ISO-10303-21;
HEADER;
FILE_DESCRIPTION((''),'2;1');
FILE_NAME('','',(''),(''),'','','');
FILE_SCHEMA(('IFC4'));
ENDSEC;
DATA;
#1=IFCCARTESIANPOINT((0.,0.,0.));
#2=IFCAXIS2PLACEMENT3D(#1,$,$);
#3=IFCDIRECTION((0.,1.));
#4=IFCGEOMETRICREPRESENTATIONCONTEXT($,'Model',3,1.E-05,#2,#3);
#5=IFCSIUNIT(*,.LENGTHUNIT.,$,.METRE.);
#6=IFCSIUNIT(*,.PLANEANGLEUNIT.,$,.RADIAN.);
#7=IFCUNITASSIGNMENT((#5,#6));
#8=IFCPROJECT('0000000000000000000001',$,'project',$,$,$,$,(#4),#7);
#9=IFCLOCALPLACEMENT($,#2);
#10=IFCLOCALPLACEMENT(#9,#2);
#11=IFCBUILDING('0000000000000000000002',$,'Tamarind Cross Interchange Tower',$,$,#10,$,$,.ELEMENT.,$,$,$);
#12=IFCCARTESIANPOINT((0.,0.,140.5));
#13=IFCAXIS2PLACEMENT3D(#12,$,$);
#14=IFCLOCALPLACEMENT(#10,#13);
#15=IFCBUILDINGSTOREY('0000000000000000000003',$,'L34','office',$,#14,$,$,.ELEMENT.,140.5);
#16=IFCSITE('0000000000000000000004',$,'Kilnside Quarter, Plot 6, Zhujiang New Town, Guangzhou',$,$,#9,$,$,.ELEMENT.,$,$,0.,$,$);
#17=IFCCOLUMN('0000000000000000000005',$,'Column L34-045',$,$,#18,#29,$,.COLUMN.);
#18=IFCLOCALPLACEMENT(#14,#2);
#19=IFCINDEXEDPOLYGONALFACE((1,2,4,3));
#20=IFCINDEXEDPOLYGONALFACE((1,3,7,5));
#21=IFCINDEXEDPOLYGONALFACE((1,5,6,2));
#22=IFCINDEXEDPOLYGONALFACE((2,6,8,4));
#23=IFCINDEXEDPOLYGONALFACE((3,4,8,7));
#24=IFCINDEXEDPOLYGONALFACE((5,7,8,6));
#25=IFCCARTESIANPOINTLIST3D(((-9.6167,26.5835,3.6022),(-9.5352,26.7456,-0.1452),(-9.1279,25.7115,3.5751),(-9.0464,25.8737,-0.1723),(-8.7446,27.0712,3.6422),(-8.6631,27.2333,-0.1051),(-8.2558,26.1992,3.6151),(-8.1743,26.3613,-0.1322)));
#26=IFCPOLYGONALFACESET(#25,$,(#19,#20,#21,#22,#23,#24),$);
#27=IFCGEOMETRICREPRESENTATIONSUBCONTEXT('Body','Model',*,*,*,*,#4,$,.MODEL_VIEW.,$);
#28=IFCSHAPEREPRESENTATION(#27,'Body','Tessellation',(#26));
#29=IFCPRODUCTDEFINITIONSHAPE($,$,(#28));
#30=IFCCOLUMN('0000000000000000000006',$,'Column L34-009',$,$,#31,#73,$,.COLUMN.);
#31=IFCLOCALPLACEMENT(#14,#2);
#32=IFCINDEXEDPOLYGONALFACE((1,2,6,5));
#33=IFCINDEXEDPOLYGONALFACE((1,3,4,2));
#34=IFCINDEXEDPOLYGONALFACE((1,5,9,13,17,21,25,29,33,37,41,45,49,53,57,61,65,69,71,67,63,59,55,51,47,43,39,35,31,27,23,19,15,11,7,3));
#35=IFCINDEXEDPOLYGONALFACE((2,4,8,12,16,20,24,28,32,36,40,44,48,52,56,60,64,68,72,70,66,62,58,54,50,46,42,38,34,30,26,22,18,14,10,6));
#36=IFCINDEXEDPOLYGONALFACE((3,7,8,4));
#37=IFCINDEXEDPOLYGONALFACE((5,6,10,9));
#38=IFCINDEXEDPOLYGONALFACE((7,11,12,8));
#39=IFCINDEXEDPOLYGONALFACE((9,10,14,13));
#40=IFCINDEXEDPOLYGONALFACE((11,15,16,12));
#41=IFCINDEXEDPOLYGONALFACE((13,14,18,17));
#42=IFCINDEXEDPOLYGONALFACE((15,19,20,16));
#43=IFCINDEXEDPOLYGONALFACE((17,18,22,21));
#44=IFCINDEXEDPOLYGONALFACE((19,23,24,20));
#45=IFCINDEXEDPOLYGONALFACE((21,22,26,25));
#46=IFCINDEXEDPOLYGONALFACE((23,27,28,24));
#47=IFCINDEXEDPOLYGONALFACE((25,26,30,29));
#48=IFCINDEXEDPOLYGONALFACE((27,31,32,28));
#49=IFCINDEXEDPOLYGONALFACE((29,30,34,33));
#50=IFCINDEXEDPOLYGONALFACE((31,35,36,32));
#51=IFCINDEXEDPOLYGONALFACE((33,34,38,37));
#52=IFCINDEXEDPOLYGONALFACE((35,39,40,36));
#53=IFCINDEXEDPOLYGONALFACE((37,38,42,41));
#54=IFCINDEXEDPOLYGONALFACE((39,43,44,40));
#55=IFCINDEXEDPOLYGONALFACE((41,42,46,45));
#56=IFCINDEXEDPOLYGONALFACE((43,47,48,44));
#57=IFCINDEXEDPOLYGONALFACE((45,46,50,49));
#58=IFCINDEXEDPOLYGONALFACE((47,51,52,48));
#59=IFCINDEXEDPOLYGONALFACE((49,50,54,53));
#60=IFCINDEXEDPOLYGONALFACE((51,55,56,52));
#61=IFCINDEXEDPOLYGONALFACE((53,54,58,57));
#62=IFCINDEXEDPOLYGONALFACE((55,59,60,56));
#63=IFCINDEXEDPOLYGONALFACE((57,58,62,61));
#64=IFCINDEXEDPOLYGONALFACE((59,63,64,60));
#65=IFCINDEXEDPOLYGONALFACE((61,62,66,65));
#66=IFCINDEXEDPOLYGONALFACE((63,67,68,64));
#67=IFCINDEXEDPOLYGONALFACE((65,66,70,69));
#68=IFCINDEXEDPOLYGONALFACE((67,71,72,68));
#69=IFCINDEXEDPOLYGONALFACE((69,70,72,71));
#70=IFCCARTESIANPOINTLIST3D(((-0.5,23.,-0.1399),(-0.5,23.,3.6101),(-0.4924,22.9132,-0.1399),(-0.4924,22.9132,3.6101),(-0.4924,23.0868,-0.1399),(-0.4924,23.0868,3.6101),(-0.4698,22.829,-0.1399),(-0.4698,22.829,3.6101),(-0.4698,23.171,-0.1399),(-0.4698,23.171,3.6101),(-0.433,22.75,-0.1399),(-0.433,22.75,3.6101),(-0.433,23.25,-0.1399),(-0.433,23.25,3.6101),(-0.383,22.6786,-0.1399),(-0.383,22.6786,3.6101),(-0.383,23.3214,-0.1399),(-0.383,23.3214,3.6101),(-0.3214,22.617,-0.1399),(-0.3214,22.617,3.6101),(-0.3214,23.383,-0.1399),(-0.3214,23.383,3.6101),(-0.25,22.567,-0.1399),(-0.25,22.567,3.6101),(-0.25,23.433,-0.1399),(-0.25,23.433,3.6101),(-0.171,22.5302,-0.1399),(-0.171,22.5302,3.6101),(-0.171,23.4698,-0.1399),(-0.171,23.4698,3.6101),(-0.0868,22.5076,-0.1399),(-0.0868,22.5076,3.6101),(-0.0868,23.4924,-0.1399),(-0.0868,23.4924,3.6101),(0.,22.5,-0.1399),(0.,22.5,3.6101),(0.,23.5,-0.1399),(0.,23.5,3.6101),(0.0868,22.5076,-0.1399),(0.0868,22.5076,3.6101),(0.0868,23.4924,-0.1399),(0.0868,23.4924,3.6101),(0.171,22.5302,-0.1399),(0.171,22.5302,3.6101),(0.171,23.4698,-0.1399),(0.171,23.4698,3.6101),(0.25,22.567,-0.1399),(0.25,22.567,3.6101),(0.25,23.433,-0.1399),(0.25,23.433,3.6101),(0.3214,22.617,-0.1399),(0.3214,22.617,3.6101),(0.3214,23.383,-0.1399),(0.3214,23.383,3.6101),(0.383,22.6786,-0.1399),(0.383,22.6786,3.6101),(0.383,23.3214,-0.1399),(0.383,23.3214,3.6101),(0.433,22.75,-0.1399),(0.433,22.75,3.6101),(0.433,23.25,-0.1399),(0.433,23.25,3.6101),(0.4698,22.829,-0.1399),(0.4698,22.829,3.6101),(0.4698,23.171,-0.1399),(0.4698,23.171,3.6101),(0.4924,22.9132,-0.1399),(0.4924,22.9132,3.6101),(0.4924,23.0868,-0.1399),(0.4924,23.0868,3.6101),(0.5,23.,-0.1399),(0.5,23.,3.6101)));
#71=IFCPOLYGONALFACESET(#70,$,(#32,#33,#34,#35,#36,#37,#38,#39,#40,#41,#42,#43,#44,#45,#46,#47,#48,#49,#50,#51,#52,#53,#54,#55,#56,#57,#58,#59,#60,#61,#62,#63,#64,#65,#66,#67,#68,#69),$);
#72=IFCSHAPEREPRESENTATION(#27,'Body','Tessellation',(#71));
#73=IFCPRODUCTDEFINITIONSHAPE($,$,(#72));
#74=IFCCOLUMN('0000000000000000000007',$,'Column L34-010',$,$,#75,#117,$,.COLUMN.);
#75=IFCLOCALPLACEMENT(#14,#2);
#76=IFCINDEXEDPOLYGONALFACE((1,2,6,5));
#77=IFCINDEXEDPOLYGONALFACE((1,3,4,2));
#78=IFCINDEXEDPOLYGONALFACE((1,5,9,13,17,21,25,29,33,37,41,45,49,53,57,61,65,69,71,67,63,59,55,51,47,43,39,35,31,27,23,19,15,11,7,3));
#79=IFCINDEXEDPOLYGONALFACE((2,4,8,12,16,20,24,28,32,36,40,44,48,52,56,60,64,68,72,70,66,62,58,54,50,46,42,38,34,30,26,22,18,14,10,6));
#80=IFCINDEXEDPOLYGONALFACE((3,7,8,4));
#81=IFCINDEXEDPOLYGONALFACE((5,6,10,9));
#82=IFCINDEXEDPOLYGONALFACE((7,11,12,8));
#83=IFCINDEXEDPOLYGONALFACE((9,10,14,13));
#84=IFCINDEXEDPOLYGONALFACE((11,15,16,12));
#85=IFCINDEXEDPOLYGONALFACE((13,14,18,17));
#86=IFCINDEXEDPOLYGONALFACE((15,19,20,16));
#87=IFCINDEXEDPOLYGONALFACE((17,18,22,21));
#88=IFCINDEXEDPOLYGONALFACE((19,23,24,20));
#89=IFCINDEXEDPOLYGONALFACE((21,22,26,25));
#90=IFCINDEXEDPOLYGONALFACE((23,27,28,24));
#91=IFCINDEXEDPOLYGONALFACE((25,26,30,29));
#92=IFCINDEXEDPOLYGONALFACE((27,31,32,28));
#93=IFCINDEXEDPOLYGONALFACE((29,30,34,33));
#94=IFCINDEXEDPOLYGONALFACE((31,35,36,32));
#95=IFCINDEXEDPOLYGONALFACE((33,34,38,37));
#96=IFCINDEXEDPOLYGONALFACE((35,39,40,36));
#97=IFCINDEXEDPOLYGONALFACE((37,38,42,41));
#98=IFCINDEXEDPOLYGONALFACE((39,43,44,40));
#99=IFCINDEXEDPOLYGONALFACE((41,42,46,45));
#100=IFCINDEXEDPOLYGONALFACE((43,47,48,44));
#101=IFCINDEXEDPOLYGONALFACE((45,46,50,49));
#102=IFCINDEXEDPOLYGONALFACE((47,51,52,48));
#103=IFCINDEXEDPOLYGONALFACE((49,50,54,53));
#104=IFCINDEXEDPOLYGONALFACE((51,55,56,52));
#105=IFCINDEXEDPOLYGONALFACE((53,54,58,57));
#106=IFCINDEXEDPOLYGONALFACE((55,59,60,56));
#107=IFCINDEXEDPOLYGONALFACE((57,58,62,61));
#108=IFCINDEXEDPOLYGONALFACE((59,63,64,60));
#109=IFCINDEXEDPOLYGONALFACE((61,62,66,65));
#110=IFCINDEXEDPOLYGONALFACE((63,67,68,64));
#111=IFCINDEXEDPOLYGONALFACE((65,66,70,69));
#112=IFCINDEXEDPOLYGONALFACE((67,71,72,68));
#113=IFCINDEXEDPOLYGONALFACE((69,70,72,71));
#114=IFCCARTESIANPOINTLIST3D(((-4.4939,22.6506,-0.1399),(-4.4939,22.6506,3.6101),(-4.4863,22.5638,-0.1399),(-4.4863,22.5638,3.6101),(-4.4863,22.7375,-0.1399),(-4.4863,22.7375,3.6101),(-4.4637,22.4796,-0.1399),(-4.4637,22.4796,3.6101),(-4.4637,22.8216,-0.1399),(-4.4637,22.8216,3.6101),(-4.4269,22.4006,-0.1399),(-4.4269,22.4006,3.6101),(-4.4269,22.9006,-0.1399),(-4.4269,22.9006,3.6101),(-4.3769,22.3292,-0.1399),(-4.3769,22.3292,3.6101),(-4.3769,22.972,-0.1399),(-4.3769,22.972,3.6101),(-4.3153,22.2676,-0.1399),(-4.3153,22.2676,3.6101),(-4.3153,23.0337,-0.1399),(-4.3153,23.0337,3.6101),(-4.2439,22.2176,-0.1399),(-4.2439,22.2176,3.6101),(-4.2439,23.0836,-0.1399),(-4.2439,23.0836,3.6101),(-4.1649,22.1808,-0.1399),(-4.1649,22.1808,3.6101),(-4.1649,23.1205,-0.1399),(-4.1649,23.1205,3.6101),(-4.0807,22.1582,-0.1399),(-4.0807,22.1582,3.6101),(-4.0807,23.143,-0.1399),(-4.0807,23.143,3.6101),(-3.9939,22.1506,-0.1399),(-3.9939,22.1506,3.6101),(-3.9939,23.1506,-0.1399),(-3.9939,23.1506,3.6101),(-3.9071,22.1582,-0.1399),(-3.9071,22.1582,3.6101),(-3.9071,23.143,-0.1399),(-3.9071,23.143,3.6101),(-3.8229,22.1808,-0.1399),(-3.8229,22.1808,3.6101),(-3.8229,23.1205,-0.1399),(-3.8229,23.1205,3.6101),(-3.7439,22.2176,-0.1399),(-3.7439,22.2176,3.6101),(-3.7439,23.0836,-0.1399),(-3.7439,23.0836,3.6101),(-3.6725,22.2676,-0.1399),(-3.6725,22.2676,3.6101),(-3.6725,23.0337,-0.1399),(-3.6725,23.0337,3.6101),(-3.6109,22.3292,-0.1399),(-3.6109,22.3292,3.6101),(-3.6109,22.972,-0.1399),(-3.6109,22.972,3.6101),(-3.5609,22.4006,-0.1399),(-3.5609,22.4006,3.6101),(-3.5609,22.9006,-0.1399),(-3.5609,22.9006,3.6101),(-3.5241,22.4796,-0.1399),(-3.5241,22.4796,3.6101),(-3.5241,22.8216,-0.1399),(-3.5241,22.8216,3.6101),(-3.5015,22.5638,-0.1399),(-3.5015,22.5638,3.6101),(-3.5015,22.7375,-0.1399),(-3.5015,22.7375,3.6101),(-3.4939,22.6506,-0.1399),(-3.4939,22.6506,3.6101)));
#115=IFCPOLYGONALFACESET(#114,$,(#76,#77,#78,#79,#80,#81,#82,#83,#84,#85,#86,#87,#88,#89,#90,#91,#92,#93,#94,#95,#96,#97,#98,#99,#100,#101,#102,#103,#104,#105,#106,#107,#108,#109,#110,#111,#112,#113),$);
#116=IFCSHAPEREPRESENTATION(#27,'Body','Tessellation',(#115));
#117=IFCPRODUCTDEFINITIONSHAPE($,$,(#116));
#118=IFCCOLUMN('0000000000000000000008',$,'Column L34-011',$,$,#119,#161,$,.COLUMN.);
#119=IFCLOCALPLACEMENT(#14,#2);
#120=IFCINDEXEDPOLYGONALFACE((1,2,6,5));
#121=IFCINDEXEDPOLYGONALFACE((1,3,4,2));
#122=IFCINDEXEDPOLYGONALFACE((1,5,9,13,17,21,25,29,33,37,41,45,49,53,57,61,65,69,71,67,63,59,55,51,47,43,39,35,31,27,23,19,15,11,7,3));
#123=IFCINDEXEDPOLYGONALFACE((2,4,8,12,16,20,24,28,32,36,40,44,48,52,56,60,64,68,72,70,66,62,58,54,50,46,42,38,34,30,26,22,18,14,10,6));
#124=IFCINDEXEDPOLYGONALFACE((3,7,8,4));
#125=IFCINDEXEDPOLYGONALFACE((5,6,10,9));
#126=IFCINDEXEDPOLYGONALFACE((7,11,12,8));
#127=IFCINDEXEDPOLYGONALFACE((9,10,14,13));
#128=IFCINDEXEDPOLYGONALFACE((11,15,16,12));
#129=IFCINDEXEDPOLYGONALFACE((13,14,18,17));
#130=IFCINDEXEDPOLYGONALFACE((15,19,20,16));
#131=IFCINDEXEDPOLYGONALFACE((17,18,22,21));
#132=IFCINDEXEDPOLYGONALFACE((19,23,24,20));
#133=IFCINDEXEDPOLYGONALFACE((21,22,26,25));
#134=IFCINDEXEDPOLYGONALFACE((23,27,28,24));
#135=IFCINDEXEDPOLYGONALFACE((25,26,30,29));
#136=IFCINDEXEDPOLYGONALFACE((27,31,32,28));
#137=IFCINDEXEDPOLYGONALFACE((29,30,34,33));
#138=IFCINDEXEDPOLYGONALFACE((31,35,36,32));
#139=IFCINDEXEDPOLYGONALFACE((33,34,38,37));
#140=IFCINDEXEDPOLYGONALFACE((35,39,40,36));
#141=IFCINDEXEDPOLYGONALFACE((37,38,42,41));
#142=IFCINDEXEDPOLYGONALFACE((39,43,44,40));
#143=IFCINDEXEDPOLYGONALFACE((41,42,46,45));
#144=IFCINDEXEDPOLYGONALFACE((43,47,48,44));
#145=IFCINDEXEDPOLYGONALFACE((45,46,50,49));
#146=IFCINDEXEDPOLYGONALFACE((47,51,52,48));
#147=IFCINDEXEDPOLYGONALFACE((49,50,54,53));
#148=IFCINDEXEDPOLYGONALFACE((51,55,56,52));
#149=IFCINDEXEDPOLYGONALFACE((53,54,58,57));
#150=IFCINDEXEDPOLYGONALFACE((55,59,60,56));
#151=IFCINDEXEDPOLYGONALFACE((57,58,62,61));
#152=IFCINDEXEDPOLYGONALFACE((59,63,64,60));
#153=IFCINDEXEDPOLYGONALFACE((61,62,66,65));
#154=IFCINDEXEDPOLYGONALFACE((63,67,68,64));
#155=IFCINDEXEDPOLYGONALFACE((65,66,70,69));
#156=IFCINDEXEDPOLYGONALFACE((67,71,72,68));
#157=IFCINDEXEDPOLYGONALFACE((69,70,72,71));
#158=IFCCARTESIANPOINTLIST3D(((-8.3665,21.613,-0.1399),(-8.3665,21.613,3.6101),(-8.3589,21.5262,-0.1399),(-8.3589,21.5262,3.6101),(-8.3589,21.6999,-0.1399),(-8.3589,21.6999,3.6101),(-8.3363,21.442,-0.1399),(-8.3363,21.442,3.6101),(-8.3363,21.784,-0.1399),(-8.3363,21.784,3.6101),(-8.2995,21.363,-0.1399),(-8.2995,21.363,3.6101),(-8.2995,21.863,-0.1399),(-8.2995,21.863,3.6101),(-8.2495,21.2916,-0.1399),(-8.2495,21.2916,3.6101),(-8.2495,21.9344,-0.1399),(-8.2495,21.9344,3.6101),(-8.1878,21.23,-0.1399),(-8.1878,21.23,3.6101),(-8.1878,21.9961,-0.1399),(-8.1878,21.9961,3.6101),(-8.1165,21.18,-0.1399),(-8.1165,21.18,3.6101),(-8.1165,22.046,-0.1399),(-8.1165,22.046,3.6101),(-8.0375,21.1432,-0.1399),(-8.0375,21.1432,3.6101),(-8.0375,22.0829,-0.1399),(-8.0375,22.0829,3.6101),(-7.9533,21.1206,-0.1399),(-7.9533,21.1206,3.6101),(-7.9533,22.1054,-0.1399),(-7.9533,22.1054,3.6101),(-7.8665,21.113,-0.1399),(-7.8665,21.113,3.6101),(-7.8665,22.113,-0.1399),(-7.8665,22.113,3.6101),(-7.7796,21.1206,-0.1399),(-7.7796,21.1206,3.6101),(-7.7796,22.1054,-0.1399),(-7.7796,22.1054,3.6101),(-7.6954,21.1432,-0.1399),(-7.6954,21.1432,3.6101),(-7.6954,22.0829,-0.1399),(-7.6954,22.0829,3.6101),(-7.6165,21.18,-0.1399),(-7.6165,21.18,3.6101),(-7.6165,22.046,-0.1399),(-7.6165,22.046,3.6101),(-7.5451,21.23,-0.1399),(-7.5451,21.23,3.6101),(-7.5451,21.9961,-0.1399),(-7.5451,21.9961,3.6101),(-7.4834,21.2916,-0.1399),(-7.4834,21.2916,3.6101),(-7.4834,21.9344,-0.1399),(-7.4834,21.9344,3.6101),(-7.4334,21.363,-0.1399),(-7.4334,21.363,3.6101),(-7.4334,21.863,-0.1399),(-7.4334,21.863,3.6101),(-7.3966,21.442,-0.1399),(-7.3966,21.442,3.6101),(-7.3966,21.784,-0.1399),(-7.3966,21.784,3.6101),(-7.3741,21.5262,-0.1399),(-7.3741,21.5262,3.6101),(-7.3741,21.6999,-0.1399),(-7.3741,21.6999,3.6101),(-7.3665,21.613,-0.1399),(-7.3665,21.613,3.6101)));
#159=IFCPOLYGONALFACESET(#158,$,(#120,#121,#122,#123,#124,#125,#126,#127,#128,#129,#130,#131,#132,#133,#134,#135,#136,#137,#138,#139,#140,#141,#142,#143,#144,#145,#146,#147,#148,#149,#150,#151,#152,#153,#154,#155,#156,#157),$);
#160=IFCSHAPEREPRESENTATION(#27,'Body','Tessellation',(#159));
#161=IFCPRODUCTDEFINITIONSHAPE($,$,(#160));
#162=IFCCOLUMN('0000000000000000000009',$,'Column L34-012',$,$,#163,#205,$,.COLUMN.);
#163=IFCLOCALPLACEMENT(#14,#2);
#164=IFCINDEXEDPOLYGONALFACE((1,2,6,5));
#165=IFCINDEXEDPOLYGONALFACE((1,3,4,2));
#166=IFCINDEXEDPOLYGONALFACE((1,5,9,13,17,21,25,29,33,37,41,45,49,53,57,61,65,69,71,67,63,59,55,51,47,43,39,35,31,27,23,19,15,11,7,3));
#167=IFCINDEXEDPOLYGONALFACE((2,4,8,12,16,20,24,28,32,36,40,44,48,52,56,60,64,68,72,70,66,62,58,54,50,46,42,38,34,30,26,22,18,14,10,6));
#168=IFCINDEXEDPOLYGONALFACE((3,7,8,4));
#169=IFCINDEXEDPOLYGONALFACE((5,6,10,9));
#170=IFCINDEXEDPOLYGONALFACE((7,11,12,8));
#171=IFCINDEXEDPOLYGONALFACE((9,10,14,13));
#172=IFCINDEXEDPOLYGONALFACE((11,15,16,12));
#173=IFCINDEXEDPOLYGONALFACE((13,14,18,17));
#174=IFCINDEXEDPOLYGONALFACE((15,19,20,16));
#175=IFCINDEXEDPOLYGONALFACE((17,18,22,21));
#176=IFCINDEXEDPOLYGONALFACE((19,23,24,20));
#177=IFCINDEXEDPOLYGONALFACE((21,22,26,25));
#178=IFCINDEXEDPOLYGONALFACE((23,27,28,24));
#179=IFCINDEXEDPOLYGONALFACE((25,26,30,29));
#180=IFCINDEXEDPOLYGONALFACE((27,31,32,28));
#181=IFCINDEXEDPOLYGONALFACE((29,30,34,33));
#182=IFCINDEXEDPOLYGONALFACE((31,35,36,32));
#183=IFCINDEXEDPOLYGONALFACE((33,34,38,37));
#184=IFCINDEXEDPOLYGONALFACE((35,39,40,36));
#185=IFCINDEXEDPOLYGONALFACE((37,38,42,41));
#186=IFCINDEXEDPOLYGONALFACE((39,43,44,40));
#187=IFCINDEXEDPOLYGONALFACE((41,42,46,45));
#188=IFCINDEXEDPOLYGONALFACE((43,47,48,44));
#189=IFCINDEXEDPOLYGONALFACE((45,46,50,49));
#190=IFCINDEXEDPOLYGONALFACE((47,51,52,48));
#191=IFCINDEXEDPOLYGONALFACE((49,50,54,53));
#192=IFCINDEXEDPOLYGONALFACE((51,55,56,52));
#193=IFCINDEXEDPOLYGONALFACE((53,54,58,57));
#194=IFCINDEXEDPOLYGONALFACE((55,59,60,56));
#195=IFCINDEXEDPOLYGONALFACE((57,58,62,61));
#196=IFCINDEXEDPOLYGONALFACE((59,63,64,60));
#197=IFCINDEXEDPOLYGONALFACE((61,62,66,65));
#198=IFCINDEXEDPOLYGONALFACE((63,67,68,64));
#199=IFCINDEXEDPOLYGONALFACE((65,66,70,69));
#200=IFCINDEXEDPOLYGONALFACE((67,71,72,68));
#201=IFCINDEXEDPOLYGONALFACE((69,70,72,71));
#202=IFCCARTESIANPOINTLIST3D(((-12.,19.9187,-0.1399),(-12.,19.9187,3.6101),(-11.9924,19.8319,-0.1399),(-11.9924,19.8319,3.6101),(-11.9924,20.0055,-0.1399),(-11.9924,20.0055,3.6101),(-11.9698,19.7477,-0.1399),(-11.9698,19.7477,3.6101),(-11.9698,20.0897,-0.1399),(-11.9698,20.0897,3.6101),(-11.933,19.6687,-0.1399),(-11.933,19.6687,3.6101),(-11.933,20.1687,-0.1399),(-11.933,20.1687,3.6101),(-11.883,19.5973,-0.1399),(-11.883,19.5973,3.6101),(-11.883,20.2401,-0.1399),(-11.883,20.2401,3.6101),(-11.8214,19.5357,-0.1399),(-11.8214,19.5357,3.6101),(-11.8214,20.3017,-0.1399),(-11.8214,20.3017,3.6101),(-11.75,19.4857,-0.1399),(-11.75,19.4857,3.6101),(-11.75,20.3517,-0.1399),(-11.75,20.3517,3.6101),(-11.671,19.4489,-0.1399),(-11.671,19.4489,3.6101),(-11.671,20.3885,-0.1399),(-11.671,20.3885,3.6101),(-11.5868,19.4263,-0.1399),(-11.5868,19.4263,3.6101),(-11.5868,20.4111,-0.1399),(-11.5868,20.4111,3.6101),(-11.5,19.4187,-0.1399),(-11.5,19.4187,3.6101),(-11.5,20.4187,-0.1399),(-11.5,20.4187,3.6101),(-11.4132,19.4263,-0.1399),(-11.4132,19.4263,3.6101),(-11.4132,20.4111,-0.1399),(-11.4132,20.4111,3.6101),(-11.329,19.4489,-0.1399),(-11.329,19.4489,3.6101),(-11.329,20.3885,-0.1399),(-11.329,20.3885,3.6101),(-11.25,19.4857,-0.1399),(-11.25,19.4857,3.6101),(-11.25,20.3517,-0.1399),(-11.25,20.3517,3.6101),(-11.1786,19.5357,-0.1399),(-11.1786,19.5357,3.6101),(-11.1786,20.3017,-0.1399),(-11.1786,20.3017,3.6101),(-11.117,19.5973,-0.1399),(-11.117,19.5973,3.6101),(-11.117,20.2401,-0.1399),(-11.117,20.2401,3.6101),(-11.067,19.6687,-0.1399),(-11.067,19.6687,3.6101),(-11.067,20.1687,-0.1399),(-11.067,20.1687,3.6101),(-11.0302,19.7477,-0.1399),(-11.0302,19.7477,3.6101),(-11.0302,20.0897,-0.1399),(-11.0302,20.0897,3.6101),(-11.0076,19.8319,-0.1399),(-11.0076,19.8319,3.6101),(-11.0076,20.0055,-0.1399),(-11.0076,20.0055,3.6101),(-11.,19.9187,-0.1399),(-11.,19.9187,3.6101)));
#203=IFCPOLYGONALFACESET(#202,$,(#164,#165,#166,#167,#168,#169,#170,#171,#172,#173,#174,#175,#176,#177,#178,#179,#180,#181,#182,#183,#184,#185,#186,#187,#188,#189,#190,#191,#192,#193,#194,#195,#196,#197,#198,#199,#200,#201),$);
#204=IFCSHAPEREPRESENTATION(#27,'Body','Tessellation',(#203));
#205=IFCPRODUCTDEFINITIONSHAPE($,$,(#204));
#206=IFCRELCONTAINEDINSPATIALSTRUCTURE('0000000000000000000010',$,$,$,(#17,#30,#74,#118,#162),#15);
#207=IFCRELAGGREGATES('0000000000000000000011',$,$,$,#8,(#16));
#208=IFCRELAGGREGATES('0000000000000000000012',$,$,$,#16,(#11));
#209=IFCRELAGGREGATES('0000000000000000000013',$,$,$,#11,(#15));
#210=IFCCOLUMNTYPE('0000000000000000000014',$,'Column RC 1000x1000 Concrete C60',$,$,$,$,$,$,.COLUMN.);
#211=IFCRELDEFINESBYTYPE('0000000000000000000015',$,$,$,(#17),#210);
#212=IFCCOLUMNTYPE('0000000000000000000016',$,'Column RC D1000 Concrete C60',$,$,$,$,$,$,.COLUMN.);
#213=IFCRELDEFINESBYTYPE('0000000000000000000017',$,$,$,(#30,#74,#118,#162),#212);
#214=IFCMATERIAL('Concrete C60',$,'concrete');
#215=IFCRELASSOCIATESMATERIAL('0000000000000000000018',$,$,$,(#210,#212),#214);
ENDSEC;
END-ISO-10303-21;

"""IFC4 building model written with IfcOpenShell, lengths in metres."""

from ifc_helpers import new_model, si_unit, direction, frame, origin, origin_2d, place, context, subcontext, project, spatial, rectangle, circle, extrude, material, material_profile, profile_set, type_object, element, save


model = new_model("IFC4")

# Units and contexts
model_context = context("Model", 3, precision=1e-05, world=origin(), true_north=direction((0.0, 1.0)))
body_context = subcontext(model_context, "Body", "Model", "MODEL_VIEW")
ifc_project = project(units=[si_unit("LENGTHUNIT", "METRE"), si_unit("PLANEANGLEUNIT", "RADIAN")], contexts=[model_context])

# Site, building, storey
site_placement = place(None, origin())
site = spatial("IfcSite", under=ifc_project, at=site_placement, Name="Kilnside Quarter, Plot 6, Zhujiang New Town, Guangzhou", CompositionType="ELEMENT", RefElevation=0.0)
building_placement = place(site_placement, origin())
building = spatial("IfcBuilding", under=site, at=building_placement, Name="Tamarind Cross Interchange Tower", CompositionType="ELEMENT")
storey_placement = place(building_placement, frame((0.0, 0.0, 140.5)))
storey = spatial("IfcBuildingStorey", under=building, at=storey_placement, Name="L34", Description="office", CompositionType="ELEMENT", Elevation=140.5)

# Columns
ifc_material_1 = material(Name="Concrete C60", Category="concrete")
ifc_material_profile_1 = material_profile(ifc_material_1, rectangle(XDim=1.0, YDim=1.0, at=origin_2d()), Name="RC 1000x1000")
ifc_profile_set_1 = profile_set([ifc_material_profile_1], Name="Concrete C60")
column_type_1 = type_object("IfcColumnType", Name="Column RC 1000x1000 Concrete C60", PredefinedType="COLUMN", material=ifc_profile_set_1)
column_placement = place(storey_placement, frame((-8.8547, 26.5535, -0.1387), z_axis=(-0.021735, -0.04321, 0.99883), x_axis=(0.87211, 0.487666, 0.040074)))
element("IfcColumn", 1, at=column_placement, inside=storey, type_object=column_type_1, Name="Column L34-045", PredefinedType="COLUMN", context=body_context, shape_type="SweptSolid", body=[
    extrude(rectangle(XDim=1.0, YDim=1.0, at=origin_2d()), origin(), (0.0, 0.0, 1.0), 3.7517),
])
ifc_material_profile_2 = material_profile(ifc_material_1, circle(Radius=0.5, at=origin_2d()), Name="RC D1000")
ifc_profile_set_2 = profile_set([ifc_material_profile_2], Name="Concrete C60")
column_type_2 = type_object("IfcColumnType", Name="Column RC D1000 Concrete C60", PredefinedType="COLUMN", material=ifc_profile_set_2)
for number, where, z_axis, x_axis, name in (
    (2, (0.0, 23.0, -0.1399), (0.0, 0.0, 1.0), (1.0, 0.0, 0.0), "Column L34-009"),
    (3, (-3.9939, 22.6506, -0.1399), (0.0, 0.0, 1.0), (1.0, 0.0, 0.0), "Column L34-010"),
    (4, (-7.8665, 21.613, -0.1399), (0.0, 0.0, 1.0), (1.0, 0.0, 0.0), "Column L34-011"),
    (5, (-11.5, 19.9187, -0.1399), (0.0, 0.0, 1.0), (1.0, 0.0, 0.0), "Column L34-012"),
):
    element("IfcColumn", number, at=place(storey_placement, frame(where, z_axis=z_axis, x_axis=x_axis)), inside=storey, type_object=column_type_2, Name=name, PredefinedType="COLUMN", context=body_context, shape_type="SweptSolid", body=[
        extrude(circle(Radius=0.5, at=origin_2d()), origin(), (0.0, 0.0, 1.0), 3.75),
    ])

save(model, "model.ifc")
